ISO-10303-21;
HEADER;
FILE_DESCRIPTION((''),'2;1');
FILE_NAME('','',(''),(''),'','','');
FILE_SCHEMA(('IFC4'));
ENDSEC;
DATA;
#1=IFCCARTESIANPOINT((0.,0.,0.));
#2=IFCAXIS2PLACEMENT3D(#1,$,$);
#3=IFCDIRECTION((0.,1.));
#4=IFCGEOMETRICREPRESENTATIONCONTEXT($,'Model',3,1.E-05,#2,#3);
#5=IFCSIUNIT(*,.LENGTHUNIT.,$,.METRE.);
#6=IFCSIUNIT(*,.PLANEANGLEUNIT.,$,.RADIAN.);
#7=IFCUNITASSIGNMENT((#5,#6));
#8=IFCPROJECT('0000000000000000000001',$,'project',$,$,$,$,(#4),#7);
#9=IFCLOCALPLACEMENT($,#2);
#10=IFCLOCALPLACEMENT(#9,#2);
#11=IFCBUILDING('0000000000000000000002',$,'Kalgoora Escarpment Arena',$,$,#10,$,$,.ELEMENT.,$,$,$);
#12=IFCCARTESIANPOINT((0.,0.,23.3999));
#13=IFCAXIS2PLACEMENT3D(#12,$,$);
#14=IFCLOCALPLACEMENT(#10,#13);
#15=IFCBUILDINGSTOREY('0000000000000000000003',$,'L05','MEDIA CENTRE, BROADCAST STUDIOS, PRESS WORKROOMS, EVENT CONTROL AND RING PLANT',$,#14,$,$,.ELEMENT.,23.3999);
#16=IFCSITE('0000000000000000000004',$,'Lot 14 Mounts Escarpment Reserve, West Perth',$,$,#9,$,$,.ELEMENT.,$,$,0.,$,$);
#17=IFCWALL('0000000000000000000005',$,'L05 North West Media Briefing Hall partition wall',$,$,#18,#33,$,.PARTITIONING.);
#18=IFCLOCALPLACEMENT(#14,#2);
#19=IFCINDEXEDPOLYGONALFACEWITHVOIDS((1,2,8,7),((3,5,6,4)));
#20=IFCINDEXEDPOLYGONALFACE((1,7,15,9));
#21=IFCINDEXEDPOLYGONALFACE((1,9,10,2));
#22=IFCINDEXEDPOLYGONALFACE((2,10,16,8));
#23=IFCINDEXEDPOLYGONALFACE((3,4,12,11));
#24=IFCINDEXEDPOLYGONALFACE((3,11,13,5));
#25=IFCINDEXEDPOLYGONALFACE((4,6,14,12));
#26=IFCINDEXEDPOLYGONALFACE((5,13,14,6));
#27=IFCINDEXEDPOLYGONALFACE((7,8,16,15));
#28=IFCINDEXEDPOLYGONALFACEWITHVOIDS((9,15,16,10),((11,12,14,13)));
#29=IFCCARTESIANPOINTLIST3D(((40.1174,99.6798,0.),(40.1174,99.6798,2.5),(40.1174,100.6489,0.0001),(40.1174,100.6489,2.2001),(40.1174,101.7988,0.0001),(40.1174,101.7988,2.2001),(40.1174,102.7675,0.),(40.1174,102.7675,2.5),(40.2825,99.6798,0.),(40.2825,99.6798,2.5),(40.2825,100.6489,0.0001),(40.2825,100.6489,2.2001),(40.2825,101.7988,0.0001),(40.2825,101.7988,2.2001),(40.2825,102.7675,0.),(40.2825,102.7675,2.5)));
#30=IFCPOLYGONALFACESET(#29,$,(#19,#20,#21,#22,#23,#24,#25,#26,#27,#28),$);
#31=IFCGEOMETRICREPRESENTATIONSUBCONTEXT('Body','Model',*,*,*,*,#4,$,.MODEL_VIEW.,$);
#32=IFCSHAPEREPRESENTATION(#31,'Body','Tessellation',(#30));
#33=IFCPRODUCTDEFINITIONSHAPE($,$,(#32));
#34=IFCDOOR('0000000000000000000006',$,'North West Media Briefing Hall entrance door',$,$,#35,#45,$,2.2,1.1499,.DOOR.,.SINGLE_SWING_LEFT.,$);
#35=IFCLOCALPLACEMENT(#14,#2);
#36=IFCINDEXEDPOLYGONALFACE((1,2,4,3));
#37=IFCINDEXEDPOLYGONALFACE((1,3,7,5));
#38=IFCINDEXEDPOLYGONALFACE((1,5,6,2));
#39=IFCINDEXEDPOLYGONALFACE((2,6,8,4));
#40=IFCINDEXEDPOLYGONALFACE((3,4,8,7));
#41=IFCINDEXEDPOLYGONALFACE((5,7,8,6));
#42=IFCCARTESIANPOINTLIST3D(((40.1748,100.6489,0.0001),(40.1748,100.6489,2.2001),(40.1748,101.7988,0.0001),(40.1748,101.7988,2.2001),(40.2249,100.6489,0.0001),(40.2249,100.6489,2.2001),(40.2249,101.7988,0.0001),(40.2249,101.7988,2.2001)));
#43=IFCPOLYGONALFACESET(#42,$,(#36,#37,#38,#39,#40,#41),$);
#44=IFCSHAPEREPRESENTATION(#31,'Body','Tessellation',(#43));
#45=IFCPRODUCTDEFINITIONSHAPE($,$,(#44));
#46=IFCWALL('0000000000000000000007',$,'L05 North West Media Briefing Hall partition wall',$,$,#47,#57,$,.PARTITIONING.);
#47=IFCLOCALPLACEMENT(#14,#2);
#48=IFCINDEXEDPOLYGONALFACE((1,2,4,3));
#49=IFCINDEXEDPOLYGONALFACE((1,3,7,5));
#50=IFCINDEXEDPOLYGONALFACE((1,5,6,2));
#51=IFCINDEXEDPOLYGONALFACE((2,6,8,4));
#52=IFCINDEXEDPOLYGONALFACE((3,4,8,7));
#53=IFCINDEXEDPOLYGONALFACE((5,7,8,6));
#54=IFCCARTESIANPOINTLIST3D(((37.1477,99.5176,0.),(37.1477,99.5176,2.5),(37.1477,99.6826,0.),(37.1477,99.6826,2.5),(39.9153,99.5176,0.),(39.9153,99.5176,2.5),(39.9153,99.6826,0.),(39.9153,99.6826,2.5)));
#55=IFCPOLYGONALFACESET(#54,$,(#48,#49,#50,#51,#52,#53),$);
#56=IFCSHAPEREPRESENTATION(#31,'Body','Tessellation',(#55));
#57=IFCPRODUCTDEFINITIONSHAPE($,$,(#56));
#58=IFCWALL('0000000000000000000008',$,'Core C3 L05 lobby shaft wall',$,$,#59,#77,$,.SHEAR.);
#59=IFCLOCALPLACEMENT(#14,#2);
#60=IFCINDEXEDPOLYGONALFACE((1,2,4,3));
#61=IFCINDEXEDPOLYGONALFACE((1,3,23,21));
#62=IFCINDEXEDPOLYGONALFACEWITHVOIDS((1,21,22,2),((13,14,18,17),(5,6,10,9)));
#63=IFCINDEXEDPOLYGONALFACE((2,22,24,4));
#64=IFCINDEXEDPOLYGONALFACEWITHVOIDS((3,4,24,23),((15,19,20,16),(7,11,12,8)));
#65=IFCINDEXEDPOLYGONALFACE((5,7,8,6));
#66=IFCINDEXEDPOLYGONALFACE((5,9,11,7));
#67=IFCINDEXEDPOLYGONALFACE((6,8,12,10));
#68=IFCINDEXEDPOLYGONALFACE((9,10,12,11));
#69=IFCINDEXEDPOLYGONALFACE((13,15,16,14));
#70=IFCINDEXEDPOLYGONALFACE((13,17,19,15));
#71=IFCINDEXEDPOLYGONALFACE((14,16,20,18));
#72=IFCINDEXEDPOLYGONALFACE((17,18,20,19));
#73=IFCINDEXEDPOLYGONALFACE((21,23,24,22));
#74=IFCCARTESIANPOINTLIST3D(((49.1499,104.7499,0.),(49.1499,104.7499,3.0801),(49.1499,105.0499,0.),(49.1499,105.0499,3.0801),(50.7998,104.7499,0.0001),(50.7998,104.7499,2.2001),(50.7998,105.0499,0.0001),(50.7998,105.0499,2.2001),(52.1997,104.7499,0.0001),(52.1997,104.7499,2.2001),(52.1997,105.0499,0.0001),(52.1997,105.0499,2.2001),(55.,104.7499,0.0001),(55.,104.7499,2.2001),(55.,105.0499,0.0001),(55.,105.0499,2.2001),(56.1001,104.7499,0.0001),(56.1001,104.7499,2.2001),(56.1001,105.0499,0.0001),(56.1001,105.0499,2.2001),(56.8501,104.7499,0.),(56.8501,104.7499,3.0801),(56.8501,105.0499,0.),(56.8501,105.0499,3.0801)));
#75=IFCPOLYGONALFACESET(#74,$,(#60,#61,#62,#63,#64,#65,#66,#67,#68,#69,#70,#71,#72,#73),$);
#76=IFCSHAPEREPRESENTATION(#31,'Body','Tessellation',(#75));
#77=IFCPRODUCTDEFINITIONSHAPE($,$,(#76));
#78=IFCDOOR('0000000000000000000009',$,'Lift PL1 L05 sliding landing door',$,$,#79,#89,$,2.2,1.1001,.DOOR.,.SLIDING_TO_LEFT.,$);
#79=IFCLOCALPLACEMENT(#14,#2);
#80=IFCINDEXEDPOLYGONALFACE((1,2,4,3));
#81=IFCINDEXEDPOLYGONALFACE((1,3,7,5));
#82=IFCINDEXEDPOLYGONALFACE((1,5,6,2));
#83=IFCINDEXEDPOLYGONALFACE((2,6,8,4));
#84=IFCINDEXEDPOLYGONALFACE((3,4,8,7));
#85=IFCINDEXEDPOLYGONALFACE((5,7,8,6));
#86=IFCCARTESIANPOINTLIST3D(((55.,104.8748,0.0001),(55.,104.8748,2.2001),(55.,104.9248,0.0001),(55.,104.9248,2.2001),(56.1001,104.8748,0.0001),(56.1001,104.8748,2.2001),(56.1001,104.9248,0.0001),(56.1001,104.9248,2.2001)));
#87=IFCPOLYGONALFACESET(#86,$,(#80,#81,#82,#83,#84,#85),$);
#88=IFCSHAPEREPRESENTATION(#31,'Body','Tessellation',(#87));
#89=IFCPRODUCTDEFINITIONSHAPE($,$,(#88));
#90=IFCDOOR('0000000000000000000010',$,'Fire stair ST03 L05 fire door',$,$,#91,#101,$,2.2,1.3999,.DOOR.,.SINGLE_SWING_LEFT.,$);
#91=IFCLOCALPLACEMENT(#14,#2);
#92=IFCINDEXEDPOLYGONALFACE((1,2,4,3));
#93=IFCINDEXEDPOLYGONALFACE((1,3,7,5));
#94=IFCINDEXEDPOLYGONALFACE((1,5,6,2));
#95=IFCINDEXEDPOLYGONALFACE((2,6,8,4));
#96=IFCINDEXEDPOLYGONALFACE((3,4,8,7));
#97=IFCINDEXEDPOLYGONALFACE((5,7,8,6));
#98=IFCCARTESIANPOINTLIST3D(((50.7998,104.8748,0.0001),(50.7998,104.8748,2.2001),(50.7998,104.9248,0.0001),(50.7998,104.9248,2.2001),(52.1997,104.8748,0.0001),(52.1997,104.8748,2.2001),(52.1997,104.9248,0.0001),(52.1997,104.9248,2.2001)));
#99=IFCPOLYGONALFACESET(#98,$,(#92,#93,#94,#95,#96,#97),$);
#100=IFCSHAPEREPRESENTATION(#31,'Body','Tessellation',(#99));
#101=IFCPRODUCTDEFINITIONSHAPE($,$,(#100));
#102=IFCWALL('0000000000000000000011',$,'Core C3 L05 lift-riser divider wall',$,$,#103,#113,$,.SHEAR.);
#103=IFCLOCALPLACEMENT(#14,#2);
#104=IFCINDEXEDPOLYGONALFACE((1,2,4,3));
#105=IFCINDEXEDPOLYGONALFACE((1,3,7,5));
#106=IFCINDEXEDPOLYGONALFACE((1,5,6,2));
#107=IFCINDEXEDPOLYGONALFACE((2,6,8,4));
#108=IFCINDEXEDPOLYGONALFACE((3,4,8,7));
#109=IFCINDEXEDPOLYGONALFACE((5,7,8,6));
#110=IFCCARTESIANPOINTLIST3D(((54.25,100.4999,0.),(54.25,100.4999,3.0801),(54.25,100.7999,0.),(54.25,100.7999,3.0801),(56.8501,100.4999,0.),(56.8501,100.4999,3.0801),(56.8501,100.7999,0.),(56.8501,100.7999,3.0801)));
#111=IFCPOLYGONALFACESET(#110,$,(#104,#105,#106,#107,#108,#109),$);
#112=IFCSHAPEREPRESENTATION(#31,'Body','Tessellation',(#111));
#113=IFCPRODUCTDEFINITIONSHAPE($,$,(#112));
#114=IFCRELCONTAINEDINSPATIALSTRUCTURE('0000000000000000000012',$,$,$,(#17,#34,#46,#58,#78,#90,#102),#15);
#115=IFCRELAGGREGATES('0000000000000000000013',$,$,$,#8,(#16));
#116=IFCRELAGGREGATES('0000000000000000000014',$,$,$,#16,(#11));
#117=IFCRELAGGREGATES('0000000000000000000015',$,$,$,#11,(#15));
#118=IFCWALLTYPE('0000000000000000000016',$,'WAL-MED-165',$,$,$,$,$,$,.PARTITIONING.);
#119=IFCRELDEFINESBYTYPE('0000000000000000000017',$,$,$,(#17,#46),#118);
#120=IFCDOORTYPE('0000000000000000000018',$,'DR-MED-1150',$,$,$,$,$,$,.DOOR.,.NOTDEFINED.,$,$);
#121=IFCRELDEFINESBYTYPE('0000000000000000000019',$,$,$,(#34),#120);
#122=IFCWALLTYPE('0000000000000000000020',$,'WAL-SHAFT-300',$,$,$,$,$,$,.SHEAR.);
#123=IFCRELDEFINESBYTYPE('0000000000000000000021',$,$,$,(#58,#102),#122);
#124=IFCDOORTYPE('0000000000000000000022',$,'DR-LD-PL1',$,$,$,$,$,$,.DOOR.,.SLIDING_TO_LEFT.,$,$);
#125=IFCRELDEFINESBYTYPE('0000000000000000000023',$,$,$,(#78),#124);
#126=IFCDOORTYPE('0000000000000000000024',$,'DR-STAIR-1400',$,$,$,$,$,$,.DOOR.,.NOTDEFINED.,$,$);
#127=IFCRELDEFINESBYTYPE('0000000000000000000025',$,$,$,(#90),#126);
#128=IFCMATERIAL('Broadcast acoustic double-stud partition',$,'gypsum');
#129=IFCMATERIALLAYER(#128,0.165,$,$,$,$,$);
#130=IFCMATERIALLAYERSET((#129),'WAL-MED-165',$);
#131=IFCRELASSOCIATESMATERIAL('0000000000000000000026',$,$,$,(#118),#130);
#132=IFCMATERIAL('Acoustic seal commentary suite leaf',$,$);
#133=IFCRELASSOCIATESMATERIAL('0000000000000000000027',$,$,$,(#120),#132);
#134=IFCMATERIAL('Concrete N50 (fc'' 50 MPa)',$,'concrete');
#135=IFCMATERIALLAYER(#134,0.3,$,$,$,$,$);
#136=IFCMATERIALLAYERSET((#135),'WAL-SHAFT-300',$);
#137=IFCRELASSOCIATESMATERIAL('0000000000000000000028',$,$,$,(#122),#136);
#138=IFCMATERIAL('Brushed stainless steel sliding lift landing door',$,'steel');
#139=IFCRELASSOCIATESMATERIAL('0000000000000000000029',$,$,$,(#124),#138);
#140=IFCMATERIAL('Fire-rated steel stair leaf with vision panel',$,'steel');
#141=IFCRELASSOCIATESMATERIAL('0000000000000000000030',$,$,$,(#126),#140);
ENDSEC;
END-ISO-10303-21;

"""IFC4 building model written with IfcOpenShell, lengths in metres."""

from ifc_helpers import new_model, si_unit, direction, frame, frame_2d, origin, place, context, subcontext, project, spatial, rectangle, extrude, material, layer, layer_set, type_object, element, fill, save


model = new_model("IFC4")

# Units and contexts
model_context = context("Model", 3, precision=1e-05, world=origin(), true_north=direction((0.0, 1.0)))
body_context = subcontext(model_context, "Body", "Model", "MODEL_VIEW")
ifc_project = project(units=[si_unit("LENGTHUNIT", "METRE"), si_unit("PLANEANGLEUNIT", "RADIAN")], contexts=[model_context])

# Site, building, storey
site_placement = place(None, origin())
site = spatial("IfcSite", under=ifc_project, at=site_placement, Name="Lot 14 Mounts Escarpment Reserve, West Perth", CompositionType="ELEMENT", RefElevation=0.0)
building_placement = place(site_placement, origin())
building = spatial("IfcBuilding", under=site, at=building_placement, Name="Kalgoora Escarpment Arena", CompositionType="ELEMENT")
storey_placement = place(building_placement, frame((0.0, 0.0, 23.3999)))
storey = spatial("IfcBuildingStorey", under=building, at=storey_placement, Name="L05", Description="MEDIA CENTRE, BROADCAST STUDIOS, PRESS WORKROOMS, EVENT CONTROL AND RING PLANT", CompositionType="ELEMENT", Elevation=23.3999)

# Shared definitions
ifc_material_1 = material(Name="Broadcast acoustic double-stud partition", Category="gypsum")
ifc_layer_1 = layer(ifc_material_1, 0.165)
ifc_layer_set_1 = layer_set([ifc_layer_1], Name="WAL-MED-165")
wall_type_1 = type_object("IfcWallType", Name="WAL-MED-165", PredefinedType="PARTITIONING", material=ifc_layer_set_1)
ifc_material_2 = material(Name="Acoustic seal commentary suite leaf")
door_type_1 = type_object("IfcDoorType", Name="DR-MED-1150", OperationType="NOTDEFINED", PredefinedType="DOOR", material=ifc_material_2)

# Wall, opening, door
wall_1_placement = place(storey_placement, frame((40.2, 102.7676, 0.0), z_axis=(0.0, 0.0, 1.0), x_axis=(0.0, -1.0, 0.0)))
wall_1 = element("IfcWall", 1, at=wall_1_placement, inside=storey, type_object=wall_type_1, Name="L05 North West Media Briefing Hall partition wall", PredefinedType="PARTITIONING", context=body_context, shape_type="SweptSolid", body=[
    extrude(rectangle(XDim=3.0876, YDim=0.165, at=frame_2d((1.5439, 0.0))), origin(), (0.0, 0.0, 1.0), 2.5),
])
opening_1_placement = place(wall_1_placement, frame((0.9688, 0.0, 0.0)))
opening_1 = element("IfcOpeningElement", 2, at=opening_1_placement, cuts=wall_1, PredefinedType="OPENING", context=body_context, shape_type="SweptSolid", body=[
    extrude(rectangle(XDim=1.1499, YDim=2.2, at=frame_2d((0.575, 1.1001))), frame((0.0, 0.0925, 0.0), z_axis=(0.0, -1.0, 0.0), x_axis=(1.0, 0.0, 0.0)), (0.0, 0.0, 1.0), 0.1851),
])
door_1_placement = place(opening_1_placement, origin())
door_1 = element("IfcDoor", 3, at=door_1_placement, inside=storey, type_object=door_type_1, Name="North West Media Briefing Hall entrance door", OperationType="SINGLE_SWING_LEFT", OverallHeight=2.2, OverallWidth=1.1499, PredefinedType="DOOR", context=body_context, shape_type="SweptSolid", body=[
    extrude(rectangle(XDim=1.1499, YDim=2.2, at=frame_2d((0.575, 1.1001))), frame((0.0, 0.0249, 0.0), z_axis=(0.0, -1.0, 0.0), x_axis=(1.0, 0.0, 0.0)), (0.0, 0.0, 1.0), 0.05),
])
fill(opening_1, door_1)

# Wall
wall_2_placement = place(storey_placement, frame((39.9153, 99.6001, 0.0), z_axis=(0.0, 0.0, 1.0), x_axis=(-1.0, 0.0, 0.0)))
element("IfcWall", 4, at=wall_2_placement, inside=storey, type_object=wall_type_1, Name="L05 North West Media Briefing Hall partition wall", PredefinedType="PARTITIONING", context=body_context, shape_type="SweptSolid", body=[
    extrude(rectangle(XDim=2.7676, YDim=0.165, at=frame_2d((1.3838, 0.0))), origin(), (0.0, 0.0, 1.0), 2.5),
])

# Wall, openings, doors
ifc_material_3 = material(Name="Concrete N50 (fc' 50 MPa)", Category="concrete")
ifc_layer_2 = layer(ifc_material_3, 0.3)
ifc_layer_set_2 = layer_set([ifc_layer_2], Name="WAL-SHAFT-300")
wall_type_2 = type_object("IfcWallType", Name="WAL-SHAFT-300", PredefinedType="SHEAR", material=ifc_layer_set_2)
wall_3_placement = place(storey_placement, frame((49.1499, 104.8999, 0.0), z_axis=(0.0, 0.0, 1.0), x_axis=(1.0, 0.0, 0.0)))
wall_3 = element("IfcWall", 5, at=wall_3_placement, inside=storey, type_object=wall_type_2, Name="Core C3 L05 lobby shaft wall", PredefinedType="SHEAR", context=body_context, shape_type="SweptSolid", body=[
    extrude(rectangle(XDim=7.7002, YDim=0.3, at=frame_2d((3.8501, 0.0))), origin(), (0.0, 0.0, 1.0), 3.0801),
])
opening_2_placement = place(wall_3_placement, frame((1.6499, 0.0, 0.0)))
opening_2 = element("IfcOpeningElement", 6, at=opening_2_placement, cuts=wall_3, PredefinedType="OPENING", context=body_context, shape_type="SweptSolid", body=[
    extrude(rectangle(XDim=1.3999, YDim=2.2, at=frame_2d((0.7, 1.1001))), frame((0.0, 0.1599, 0.0), z_axis=(0.0, -1.0, 0.0), x_axis=(1.0, 0.0, 0.0)), (0.0, 0.0, 1.0), 0.3201),
])
opening_3_placement = place(wall_3_placement, frame((5.8501, 0.0, 0.0)))
opening_3 = element("IfcOpeningElement", 7, at=opening_3_placement, cuts=wall_3, PredefinedType="OPENING", context=body_context, shape_type="SweptSolid", body=[
    extrude(rectangle(XDim=1.1001, YDim=2.2, at=frame_2d((0.55, 1.1001))), frame((0.0, 0.1599, 0.0), z_axis=(0.0, -1.0, 0.0), x_axis=(1.0, 0.0, 0.0)), (0.0, 0.0, 1.0), 0.3201),
])
ifc_material_4 = material(Name="Brushed stainless steel sliding lift landing door", Category="steel")
door_type_2 = type_object("IfcDoorType", Name="DR-LD-PL1", OperationType="SLIDING_TO_LEFT", PredefinedType="DOOR", material=ifc_material_4)
door_2_placement = place(opening_3_placement, origin())
door_2 = element("IfcDoor", 8, at=door_2_placement, inside=storey, type_object=door_type_2, Name="Lift PL1 L05 sliding landing door", OperationType="SLIDING_TO_LEFT", OverallHeight=2.2, OverallWidth=1.1001, PredefinedType="DOOR", context=body_context, shape_type="SweptSolid", body=[
    extrude(rectangle(XDim=1.1001, YDim=2.2, at=frame_2d((0.55, 1.1001))), frame((0.0, 0.0249, 0.0), z_axis=(0.0, -1.0, 0.0), x_axis=(1.0, 0.0, 0.0)), (0.0, 0.0, 1.0), 0.05),
])
fill(opening_3, door_2)
ifc_material_5 = material(Name="Fire-rated steel stair leaf with vision panel", Category="steel")
door_type_3 = type_object("IfcDoorType", Name="DR-STAIR-1400", OperationType="NOTDEFINED", PredefinedType="DOOR", material=ifc_material_5)
door_3_placement = place(opening_2_placement, origin())
door_3 = element("IfcDoor", 9, at=door_3_placement, inside=storey, type_object=door_type_3, Name="Fire stair ST03 L05 fire door", OperationType="SINGLE_SWING_LEFT", OverallHeight=2.2, OverallWidth=1.3999, PredefinedType="DOOR", context=body_context, shape_type="SweptSolid", body=[
    extrude(rectangle(XDim=1.3999, YDim=2.2, at=frame_2d((0.7, 1.1001))), frame((0.0, 0.0249, 0.0), z_axis=(0.0, -1.0, 0.0), x_axis=(1.0, 0.0, 0.0)), (0.0, 0.0, 1.0), 0.05),
])
fill(opening_2, door_3)

# Wall
wall_4_placement = place(storey_placement, frame((54.25, 100.6499, 0.0), z_axis=(0.0, 0.0, 1.0), x_axis=(1.0, 0.0, 0.0)))
element("IfcWall", 10, at=wall_4_placement, inside=storey, type_object=wall_type_2, Name="Core C3 L05 lift-riser divider wall", PredefinedType="SHEAR", context=body_context, shape_type="SweptSolid", body=[
    extrude(rectangle(XDim=2.6001, YDim=0.3, at=frame_2d((1.3, 0.0))), origin(), (0.0, 0.0, 1.0), 3.0801),
])

save(model, "model.ifc")
